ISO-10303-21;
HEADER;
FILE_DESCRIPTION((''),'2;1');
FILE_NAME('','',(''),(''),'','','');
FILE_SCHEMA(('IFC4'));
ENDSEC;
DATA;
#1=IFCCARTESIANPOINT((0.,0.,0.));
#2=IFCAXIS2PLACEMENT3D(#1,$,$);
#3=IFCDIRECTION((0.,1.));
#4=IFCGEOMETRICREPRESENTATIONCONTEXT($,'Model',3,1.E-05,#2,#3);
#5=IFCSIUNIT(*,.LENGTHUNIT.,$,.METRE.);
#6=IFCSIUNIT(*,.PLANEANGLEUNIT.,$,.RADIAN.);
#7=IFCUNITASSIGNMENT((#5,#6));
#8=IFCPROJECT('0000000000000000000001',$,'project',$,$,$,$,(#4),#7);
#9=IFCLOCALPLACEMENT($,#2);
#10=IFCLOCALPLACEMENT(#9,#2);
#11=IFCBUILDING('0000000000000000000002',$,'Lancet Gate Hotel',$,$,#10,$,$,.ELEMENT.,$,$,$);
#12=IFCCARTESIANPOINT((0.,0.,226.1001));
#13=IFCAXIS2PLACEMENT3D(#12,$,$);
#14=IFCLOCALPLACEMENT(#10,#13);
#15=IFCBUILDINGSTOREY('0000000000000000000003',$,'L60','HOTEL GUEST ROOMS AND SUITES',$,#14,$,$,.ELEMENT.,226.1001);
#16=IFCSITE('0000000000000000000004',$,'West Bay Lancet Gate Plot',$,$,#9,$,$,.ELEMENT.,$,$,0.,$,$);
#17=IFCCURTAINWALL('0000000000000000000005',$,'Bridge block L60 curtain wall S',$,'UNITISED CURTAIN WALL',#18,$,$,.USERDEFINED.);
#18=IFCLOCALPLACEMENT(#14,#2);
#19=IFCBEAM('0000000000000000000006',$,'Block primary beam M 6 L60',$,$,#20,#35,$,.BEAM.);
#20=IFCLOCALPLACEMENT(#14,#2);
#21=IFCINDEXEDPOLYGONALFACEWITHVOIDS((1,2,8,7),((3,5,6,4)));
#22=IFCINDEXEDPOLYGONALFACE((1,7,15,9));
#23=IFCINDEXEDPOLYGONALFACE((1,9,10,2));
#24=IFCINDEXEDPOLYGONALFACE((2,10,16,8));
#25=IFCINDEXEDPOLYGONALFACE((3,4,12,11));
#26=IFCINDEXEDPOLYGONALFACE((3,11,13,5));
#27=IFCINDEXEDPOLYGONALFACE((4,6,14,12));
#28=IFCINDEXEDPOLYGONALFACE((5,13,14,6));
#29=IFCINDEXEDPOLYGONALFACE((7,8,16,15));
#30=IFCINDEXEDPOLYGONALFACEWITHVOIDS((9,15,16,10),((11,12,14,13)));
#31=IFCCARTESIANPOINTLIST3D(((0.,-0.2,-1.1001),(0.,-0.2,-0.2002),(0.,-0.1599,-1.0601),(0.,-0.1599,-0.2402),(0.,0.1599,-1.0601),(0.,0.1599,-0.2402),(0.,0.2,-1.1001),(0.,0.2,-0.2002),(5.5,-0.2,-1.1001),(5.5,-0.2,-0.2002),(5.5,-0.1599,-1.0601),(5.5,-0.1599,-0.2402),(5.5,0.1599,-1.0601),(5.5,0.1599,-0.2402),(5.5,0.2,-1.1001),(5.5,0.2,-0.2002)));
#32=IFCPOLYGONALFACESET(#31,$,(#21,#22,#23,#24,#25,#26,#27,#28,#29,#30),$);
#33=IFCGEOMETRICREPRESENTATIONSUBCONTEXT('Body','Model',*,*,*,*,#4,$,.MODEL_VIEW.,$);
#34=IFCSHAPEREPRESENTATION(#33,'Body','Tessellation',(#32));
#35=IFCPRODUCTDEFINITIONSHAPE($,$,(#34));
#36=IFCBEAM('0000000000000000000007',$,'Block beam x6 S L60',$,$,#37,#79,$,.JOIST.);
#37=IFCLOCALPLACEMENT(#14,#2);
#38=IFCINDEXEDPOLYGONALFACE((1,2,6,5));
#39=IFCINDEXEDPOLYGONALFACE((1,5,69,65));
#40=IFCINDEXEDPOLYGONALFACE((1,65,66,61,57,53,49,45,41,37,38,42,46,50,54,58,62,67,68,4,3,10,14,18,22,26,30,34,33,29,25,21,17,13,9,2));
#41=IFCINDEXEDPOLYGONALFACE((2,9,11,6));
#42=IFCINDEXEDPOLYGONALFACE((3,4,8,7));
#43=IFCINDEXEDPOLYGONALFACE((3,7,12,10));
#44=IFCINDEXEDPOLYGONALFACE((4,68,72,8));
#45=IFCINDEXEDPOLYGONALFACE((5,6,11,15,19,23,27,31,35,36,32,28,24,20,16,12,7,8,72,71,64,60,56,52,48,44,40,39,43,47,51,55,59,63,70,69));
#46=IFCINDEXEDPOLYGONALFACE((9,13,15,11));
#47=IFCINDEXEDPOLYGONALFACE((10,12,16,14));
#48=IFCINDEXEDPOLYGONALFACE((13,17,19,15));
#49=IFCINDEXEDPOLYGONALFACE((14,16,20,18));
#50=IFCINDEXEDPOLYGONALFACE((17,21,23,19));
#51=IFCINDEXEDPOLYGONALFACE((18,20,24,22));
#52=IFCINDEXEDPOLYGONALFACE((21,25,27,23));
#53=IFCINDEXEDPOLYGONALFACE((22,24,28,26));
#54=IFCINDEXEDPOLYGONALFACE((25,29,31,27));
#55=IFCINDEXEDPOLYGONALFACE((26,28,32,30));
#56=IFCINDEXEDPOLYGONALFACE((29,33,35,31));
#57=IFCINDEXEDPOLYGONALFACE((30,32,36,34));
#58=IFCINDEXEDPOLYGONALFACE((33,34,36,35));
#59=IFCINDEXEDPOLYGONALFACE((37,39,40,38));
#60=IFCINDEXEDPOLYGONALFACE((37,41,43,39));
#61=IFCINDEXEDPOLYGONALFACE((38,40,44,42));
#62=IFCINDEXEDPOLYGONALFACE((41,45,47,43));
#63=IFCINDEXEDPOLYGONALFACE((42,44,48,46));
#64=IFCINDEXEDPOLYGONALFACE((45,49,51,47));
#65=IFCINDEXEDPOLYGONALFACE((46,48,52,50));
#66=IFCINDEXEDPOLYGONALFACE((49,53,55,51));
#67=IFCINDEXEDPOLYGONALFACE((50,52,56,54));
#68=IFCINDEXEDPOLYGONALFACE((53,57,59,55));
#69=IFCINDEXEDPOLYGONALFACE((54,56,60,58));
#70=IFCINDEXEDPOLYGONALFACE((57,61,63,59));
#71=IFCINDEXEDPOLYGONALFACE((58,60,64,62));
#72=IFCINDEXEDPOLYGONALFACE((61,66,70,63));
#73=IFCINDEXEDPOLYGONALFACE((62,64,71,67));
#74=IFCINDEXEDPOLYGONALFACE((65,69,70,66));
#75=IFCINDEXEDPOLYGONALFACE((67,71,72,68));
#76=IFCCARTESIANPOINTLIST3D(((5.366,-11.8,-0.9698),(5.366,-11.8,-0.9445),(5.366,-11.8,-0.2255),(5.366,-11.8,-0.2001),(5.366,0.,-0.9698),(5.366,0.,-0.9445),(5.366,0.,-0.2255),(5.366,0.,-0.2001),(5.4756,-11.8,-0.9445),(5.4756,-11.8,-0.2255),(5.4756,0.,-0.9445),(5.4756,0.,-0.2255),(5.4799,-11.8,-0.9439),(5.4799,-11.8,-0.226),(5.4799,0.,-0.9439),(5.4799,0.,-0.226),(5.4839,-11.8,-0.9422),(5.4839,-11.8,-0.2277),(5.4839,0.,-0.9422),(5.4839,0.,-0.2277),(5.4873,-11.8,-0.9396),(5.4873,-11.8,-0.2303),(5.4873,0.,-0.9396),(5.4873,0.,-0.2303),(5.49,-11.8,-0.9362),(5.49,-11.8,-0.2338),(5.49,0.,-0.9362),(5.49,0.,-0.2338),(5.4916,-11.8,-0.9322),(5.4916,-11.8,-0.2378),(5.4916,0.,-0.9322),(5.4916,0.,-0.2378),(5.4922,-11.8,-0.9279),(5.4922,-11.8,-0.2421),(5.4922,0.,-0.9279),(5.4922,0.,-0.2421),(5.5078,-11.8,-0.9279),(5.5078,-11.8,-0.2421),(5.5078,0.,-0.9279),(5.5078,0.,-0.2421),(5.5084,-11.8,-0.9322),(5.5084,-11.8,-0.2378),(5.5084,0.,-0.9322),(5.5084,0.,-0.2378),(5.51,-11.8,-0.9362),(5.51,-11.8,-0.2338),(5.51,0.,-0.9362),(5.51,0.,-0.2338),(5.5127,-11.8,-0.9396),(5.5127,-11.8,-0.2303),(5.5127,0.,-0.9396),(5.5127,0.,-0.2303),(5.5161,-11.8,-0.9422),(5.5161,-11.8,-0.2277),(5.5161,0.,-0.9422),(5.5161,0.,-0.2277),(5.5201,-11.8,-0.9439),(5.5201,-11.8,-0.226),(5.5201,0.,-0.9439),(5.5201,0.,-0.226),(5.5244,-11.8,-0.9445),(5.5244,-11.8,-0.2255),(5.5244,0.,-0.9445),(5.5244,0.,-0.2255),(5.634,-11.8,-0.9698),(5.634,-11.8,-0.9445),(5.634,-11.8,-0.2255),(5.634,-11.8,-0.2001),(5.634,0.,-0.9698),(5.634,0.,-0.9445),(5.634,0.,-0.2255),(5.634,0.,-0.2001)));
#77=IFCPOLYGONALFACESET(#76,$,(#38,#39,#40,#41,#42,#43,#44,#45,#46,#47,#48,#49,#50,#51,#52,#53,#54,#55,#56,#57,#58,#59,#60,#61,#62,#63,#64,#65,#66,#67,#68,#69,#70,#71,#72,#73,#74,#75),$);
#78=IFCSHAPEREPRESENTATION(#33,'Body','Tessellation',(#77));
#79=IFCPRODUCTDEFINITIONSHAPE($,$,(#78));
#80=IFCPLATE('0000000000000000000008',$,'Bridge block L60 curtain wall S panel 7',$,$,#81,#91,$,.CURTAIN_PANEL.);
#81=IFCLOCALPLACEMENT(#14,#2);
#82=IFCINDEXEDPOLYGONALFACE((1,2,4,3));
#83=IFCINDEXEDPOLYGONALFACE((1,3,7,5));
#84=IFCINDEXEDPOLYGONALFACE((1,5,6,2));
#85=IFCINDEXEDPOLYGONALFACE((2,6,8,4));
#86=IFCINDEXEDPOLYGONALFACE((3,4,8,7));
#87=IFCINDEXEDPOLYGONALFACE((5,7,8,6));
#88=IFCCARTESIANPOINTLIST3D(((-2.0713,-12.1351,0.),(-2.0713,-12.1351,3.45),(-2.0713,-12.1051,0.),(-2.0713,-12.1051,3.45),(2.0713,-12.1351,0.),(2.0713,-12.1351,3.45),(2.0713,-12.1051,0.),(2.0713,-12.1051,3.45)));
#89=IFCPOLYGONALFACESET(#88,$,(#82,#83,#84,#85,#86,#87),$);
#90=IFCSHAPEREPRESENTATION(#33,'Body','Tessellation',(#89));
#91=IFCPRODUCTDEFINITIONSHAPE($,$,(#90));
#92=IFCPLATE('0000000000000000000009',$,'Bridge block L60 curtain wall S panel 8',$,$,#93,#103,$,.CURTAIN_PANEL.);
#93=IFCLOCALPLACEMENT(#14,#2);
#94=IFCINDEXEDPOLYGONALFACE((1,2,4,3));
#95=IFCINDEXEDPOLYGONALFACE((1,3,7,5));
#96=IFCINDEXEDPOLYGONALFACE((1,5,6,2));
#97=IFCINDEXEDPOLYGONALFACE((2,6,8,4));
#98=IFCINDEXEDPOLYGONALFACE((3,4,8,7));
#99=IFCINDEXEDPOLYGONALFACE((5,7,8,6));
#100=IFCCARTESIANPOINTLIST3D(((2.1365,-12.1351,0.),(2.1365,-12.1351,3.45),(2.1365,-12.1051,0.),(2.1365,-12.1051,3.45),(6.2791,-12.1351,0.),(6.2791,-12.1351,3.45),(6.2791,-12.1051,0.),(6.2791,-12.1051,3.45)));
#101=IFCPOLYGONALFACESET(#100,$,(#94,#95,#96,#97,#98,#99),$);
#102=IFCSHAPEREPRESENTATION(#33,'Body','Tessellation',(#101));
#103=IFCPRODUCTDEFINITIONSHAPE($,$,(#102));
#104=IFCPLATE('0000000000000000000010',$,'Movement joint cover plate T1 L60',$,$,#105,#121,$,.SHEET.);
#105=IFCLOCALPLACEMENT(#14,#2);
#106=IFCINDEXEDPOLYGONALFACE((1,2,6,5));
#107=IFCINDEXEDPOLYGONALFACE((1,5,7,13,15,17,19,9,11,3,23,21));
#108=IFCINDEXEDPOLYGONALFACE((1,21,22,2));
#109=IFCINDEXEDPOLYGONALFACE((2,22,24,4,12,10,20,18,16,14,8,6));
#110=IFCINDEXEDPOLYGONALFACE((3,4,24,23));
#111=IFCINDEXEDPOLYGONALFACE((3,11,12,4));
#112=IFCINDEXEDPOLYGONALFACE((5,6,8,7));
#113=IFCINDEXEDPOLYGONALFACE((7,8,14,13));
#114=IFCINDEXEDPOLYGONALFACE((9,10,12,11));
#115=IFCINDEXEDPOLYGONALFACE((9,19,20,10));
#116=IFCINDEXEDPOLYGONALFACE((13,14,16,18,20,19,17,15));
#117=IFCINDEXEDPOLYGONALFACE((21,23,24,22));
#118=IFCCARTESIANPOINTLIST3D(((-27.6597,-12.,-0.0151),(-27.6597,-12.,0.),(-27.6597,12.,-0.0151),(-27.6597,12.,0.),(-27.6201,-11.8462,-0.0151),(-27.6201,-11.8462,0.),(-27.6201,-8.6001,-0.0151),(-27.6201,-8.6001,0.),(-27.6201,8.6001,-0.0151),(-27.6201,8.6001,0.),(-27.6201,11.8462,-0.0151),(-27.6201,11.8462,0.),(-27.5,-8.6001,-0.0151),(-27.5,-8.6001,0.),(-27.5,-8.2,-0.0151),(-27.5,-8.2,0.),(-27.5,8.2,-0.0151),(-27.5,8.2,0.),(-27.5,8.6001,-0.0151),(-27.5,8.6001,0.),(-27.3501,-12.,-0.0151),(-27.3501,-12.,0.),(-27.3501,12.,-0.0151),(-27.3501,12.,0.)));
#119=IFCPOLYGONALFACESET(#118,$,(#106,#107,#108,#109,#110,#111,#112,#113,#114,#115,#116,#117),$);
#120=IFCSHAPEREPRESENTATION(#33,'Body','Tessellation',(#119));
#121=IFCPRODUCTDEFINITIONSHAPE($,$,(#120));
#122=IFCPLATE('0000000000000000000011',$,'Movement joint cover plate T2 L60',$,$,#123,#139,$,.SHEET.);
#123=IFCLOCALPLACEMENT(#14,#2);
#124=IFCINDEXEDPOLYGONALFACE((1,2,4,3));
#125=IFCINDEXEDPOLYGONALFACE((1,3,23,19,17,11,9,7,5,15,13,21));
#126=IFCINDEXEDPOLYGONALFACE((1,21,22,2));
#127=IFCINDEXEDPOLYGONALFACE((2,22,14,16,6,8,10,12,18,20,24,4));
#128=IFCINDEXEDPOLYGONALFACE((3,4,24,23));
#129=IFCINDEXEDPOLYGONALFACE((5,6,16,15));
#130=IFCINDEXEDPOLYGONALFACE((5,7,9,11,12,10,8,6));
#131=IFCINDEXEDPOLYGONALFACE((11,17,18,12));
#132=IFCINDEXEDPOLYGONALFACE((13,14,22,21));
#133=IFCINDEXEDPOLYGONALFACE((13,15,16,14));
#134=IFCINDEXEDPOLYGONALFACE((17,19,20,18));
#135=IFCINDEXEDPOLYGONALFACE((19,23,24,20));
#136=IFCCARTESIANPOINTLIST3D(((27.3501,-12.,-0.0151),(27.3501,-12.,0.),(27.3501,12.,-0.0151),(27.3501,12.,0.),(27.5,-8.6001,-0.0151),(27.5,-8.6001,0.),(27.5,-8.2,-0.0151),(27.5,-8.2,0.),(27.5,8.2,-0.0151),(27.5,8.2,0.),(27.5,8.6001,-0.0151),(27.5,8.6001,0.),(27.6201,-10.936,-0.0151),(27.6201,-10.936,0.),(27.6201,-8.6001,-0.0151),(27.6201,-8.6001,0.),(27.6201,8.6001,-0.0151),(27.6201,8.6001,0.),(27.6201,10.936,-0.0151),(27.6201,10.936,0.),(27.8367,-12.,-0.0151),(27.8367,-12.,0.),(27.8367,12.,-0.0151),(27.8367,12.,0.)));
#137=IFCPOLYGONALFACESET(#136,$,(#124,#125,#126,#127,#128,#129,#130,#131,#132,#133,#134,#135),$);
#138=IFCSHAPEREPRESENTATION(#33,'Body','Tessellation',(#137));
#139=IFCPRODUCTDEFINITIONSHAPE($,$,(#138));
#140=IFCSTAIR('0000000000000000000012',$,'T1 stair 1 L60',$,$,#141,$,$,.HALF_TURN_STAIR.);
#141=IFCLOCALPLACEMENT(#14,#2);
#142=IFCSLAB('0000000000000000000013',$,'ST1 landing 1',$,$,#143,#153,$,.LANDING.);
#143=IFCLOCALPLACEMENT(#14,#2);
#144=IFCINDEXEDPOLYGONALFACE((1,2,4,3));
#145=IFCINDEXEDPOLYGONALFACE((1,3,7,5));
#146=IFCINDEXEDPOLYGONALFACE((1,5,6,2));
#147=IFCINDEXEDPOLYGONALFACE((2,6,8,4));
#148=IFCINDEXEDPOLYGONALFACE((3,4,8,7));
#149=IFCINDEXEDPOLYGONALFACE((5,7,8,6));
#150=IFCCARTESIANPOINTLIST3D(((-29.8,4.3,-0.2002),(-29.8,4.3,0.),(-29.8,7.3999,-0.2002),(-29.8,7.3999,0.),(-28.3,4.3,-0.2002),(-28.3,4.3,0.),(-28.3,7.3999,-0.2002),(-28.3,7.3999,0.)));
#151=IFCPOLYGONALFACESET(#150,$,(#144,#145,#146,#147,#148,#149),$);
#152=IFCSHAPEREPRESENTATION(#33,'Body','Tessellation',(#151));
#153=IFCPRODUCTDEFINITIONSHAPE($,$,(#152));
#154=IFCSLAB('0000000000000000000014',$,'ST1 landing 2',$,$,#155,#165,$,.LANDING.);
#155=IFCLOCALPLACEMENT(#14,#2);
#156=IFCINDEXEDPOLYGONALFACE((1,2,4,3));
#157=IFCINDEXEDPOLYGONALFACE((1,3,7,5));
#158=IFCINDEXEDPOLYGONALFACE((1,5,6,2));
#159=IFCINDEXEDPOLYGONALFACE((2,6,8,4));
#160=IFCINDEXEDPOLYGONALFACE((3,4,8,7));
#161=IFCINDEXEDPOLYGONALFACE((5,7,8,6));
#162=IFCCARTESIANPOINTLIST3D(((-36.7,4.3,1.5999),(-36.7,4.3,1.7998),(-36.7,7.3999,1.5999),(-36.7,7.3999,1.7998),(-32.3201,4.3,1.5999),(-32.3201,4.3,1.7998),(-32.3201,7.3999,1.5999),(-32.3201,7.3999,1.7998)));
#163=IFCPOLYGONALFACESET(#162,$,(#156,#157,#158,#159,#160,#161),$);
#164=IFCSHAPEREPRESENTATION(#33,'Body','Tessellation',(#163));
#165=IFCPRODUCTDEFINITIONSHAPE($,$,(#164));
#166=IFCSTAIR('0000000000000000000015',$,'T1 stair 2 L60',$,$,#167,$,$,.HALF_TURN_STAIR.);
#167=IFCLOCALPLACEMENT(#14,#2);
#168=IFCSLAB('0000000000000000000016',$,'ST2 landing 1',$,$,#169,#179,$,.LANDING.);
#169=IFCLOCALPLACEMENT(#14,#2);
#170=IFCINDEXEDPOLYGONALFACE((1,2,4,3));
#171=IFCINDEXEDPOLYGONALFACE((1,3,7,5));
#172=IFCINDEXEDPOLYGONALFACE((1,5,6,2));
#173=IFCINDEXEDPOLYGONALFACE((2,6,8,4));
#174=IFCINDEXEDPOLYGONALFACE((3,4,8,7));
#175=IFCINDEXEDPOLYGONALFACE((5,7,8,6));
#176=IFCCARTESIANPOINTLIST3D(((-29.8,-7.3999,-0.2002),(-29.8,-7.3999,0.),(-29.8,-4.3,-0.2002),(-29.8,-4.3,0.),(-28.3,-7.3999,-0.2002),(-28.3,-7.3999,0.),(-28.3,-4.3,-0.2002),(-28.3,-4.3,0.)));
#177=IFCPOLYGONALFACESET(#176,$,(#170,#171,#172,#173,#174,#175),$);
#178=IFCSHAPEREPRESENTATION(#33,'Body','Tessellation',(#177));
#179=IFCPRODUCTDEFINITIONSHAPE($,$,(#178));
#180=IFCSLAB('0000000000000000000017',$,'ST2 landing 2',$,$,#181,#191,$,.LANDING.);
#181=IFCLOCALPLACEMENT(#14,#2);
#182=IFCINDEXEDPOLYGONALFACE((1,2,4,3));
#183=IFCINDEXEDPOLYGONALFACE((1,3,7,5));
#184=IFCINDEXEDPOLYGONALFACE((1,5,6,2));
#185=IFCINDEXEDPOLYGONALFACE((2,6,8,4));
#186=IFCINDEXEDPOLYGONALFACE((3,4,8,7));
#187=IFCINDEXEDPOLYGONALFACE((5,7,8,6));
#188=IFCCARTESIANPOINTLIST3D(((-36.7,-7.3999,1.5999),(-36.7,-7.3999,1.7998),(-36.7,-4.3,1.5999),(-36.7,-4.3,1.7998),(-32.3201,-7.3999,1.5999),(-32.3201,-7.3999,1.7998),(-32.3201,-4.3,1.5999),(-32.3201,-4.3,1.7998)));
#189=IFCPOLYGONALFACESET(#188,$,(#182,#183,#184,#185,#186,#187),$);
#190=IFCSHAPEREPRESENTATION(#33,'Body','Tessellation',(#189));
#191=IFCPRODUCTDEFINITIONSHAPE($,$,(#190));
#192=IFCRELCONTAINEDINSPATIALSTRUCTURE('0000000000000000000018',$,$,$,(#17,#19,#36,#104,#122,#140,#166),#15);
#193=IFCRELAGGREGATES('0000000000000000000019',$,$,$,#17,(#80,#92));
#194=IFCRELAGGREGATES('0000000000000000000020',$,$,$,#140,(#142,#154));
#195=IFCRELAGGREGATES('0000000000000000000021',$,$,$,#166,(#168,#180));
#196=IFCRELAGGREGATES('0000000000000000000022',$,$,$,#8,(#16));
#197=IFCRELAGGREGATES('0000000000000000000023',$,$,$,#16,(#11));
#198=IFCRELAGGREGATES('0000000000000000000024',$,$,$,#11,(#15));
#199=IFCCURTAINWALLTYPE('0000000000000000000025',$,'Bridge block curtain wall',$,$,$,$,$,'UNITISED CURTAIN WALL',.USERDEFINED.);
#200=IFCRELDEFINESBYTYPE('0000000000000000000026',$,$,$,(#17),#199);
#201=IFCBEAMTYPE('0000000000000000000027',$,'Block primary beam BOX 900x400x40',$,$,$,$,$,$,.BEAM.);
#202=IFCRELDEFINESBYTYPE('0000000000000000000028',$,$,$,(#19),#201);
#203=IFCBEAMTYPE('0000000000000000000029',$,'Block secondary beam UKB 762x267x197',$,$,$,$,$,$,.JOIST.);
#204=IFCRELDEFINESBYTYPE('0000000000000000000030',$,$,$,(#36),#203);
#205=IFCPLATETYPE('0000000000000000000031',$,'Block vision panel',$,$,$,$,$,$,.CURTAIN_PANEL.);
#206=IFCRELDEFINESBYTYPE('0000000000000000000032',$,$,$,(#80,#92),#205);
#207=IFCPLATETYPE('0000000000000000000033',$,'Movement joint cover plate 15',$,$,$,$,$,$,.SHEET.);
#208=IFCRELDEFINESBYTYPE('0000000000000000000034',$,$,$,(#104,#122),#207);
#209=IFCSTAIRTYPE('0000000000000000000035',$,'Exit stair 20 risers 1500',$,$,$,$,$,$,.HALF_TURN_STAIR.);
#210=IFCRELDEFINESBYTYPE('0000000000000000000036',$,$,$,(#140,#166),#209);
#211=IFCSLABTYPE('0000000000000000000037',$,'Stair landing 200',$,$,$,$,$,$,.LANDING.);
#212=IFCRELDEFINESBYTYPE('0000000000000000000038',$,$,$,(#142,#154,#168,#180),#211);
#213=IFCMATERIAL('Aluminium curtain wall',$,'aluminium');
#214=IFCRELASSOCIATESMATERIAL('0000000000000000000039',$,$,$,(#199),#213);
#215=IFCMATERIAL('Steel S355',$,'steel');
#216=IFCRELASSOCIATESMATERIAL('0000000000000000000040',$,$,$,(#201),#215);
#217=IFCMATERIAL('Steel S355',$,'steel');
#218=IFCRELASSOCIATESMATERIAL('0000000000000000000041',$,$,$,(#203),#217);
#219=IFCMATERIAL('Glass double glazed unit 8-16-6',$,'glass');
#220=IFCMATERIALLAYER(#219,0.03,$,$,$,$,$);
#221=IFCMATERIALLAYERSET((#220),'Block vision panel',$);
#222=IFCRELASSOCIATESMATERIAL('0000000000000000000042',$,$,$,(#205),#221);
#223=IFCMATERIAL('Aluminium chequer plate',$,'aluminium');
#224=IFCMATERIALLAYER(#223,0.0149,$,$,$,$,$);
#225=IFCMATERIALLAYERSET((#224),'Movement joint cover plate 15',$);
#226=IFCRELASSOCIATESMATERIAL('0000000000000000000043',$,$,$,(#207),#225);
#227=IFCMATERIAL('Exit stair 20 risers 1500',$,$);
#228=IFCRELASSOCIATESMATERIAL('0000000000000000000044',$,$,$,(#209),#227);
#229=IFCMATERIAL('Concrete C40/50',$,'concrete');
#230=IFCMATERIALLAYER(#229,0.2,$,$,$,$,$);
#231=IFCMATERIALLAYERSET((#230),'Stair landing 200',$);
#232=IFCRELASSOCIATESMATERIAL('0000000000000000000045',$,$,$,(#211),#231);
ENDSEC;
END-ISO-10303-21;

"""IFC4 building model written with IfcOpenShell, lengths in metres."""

from ifc_helpers import new_model, si_unit, direction, frame, origin, origin_2d, place, context, subcontext, project, spatial, polyline, rectangle, hollow_rectangle, i_section, outline, extrude, material, layer, layer_set, material_profile, profile_set, type_object, element, aggregate, save


model = new_model("IFC4")

# Units and contexts
model_context = context("Model", 3, precision=1e-05, world=origin(), true_north=direction((0.0, 1.0)))
body_context = subcontext(model_context, "Body", "Model", "MODEL_VIEW")
ifc_project = project(units=[si_unit("LENGTHUNIT", "METRE"), si_unit("PLANEANGLEUNIT", "RADIAN")], contexts=[model_context])

# Site, building, storey
site_placement = place(None, origin())
site = spatial("IfcSite", under=ifc_project, at=site_placement, Name="West Bay Lancet Gate Plot", CompositionType="ELEMENT", RefElevation=0.0)
building_placement = place(site_placement, origin())
building = spatial("IfcBuilding", under=site, at=building_placement, Name="Lancet Gate Hotel", CompositionType="ELEMENT")
storey_placement = place(building_placement, frame((0.0, 0.0, 226.1001)))
storey = spatial("IfcBuildingStorey", under=building, at=storey_placement, Name="L60", Description="HOTEL GUEST ROOMS AND SUITES", CompositionType="ELEMENT", Elevation=226.1001)

# Curtain wall
ifc_material_1 = material(Name="Aluminium curtain wall", Category="aluminium")
curtain_wall_type = type_object("IfcCurtainWallType", Name="Bridge block curtain wall", ElementType="UNITISED CURTAIN WALL", PredefinedType="USERDEFINED", material=ifc_material_1)
curtain_wall_placement = place(storey_placement, origin())
curtain_wall = element("IfcCurtainWall", 1, at=curtain_wall_placement, inside=storey, type_object=curtain_wall_type, Name="Bridge block L60 curtain wall S", ObjectType="UNITISED CURTAIN WALL", PredefinedType="USERDEFINED")

# Beams
ifc_material_2 = material(Name="Steel S355", Category="steel")
ifc_material_profile_1 = material_profile(ifc_material_2, hollow_rectangle(XDim=0.3999, YDim=0.8999, WallThickness=0.04, at=origin_2d()), Name="BOX 900x400x40")
ifc_profile_set_1 = profile_set([ifc_material_profile_1], Name="Steel S355")
beam_type_1 = type_object("IfcBeamType", Name="Block primary beam BOX 900x400x40", PredefinedType="BEAM", material=ifc_profile_set_1)
for number, where, z_axis, x_axis, name in (
    (2, (0.0, 0.0, -0.6501), (1.0, 0.0, 0.0), (0.0, 1.0, 0.0), "Block primary beam M 6 L60"),
):
    element("IfcBeam", number, at=place(storey_placement, frame(where, z_axis=z_axis, x_axis=x_axis)), inside=storey, type_object=beam_type_1, Name=name, PredefinedType="BEAM", context=body_context, shape_type="SweptSolid", body=[
        extrude(hollow_rectangle(XDim=0.3999, YDim=0.8999, WallThickness=0.04, at=origin_2d()), origin(), (0.0, 0.0, 1.0), 5.5),
    ])
ifc_material_3 = material(Name="Steel S355", Category="steel")
ifc_material_profile_2 = material_profile(ifc_material_3, i_section(OverallWidth=0.2681, OverallDepth=0.7698, WebThickness=0.0156, FlangeThickness=0.0254, FilletRadius=0.0166, at=origin_2d()), Name="UKB 762x267x197")
ifc_profile_set_2 = profile_set([ifc_material_profile_2], Name="Steel S355")
beam_type_2 = type_object("IfcBeamType", Name="Block secondary beam UKB 762x267x197", PredefinedType="JOIST", material=ifc_profile_set_2)
beam_1_placement = place(storey_placement, frame((5.5, -11.8, -0.585), z_axis=(0.0, 1.0, 0.0), x_axis=(-1.0, 0.0, 0.0)))
element("IfcBeam", 3, at=beam_1_placement, inside=storey, type_object=beam_type_2, Name="Block beam x6 S L60", PredefinedType="JOIST", context=body_context, shape_type="SweptSolid", body=[
    extrude(i_section(OverallWidth=0.2681, OverallDepth=0.7698, WebThickness=0.0156, FlangeThickness=0.0254, FilletRadius=0.0166, at=origin_2d()), origin(), (0.0, 0.0, 1.0), 11.8),
])

# Plates
ifc_material_4 = material(Name="Glass double glazed unit 8-16-6", Category="glass")
ifc_layer_1 = layer(ifc_material_4, 0.03)
ifc_layer_set_1 = layer_set([ifc_layer_1], Name="Block vision panel")
plate_type_1 = type_object("IfcPlateType", Name="Block vision panel", PredefinedType="CURTAIN_PANEL", material=ifc_layer_set_1)
plate_1_placement = place(storey_placement, frame((0.0, -12.1201, 0.0), z_axis=(0.0, 0.0, 1.0), x_axis=(1.0, 0.0, 0.0)))
plate_1 = element("IfcPlate", 4, at=plate_1_placement, type_object=plate_type_1, Name="Bridge block L60 curtain wall S panel 7", PredefinedType="CURTAIN_PANEL", context=body_context, shape_type="SweptSolid", body=[
    extrude(rectangle(XDim=4.1426, YDim=0.03, at=origin_2d()), origin(), (0.0, 0.0, 1.0), 3.45),
])
plate_2_placement = place(storey_placement, frame((4.2078, -12.1201, 0.0), z_axis=(0.0, 0.0, 1.0), x_axis=(1.0, 0.0, 0.0)))
plate_2 = element("IfcPlate", 5, at=plate_2_placement, type_object=plate_type_1, Name="Bridge block L60 curtain wall S panel 8", PredefinedType="CURTAIN_PANEL", context=body_context, shape_type="SweptSolid", body=[
    extrude(rectangle(XDim=4.1426, YDim=0.03, at=origin_2d()), origin(), (0.0, 0.0, 1.0), 3.45),
])
aggregate(curtain_wall, [plate_1, plate_2])

# Plates
ifc_material_5 = material(Name="Aluminium chequer plate", Category="aluminium")
ifc_layer_2 = layer(ifc_material_5, 0.0149)
ifc_layer_set_2 = layer_set([ifc_layer_2], Name="Movement joint cover plate 15")
plate_type_2 = type_object("IfcPlateType", Name="Movement joint cover plate 15", PredefinedType="SHEET", material=ifc_layer_set_2)
plate_3_placement = place(storey_placement, frame((0.0, 0.0, -0.0151)))
element("IfcPlate", 6, at=plate_3_placement, inside=storey, type_object=plate_type_2, Name="Movement joint cover plate T1 L60", PredefinedType="SHEET", context=body_context, shape_type="SweptSolid", body=[
    extrude(outline(polyline([(-27.3501, 12.0), (-27.6597, 12.0), (-27.6201, 11.8462), (-27.6201, 8.6001), (-27.5, 8.6001), (-27.5, 8.2), (-27.5, -8.2), (-27.5, -8.6001), (-27.6201, -8.6001), (-27.6201, -11.8462), (-27.6597, -12.0), (-27.3501, -12.0), (-27.3501, 12.0)])), origin(), (0.0, 0.0, 1.0), 0.0151),
])
plate_4_placement = place(storey_placement, frame((0.0, 0.0, -0.0151)))
element("IfcPlate", 7, at=plate_4_placement, inside=storey, type_object=plate_type_2, Name="Movement joint cover plate T2 L60", PredefinedType="SHEET", context=body_context, shape_type="SweptSolid", body=[
    extrude(outline(polyline([(27.3501, -12.0), (27.8367, -12.0), (27.6201, -10.936), (27.6201, -8.6001), (27.5, -8.6001), (27.5, -8.2), (27.5, 8.2), (27.5, 8.6001), (27.6201, 8.6001), (27.6201, 10.936), (27.8367, 12.0), (27.3501, 12.0), (27.3501, -12.0)])), origin(), (0.0, 0.0, 1.0), 0.0151),
])

# Stairs, slabs
ifc_material_6 = material(Name="Exit stair 20 risers 1500")
stair_type = type_object("IfcStairType", Name="Exit stair 20 risers 1500", PredefinedType="HALF_TURN_STAIR", material=ifc_material_6)
stair_1_placement = place(storey_placement, origin())
stair_1 = element("IfcStair", 8, at=stair_1_placement, inside=storey, type_object=stair_type, Name="T1 stair 1 L60", PredefinedType="HALF_TURN_STAIR")
ifc_material_7 = material(Name="Concrete C40/50", Category="concrete")
ifc_layer_3 = layer(ifc_material_7, 0.2)
ifc_layer_set_3 = layer_set([ifc_layer_3], Name="Stair landing 200")
slab_type = type_object("IfcSlabType", Name="Stair landing 200", PredefinedType="LANDING", material=ifc_layer_set_3)
slab_1_placement = place(storey_placement, frame((0.0, 0.0, -0.2002)))
slab_1 = element("IfcSlab", 9, at=slab_1_placement, type_object=slab_type, Name="ST1 landing 1", PredefinedType="LANDING", context=body_context, shape_type="SweptSolid", body=[
    extrude(outline(polyline([(-28.3, 7.3999), (-29.8, 7.3999), (-29.8, 4.3), (-28.3, 4.3), (-28.3, 7.3999)])), origin(), (0.0, 0.0, 1.0), 0.2002),
])
slab_2_placement = place(storey_placement, frame((0.0, 0.0, 1.5999)))
slab_2 = element("IfcSlab", 10, at=slab_2_placement, type_object=slab_type, Name="ST1 landing 2", PredefinedType="LANDING", context=body_context, shape_type="SweptSolid", body=[
    extrude(outline(polyline([(-32.3201, 7.3999), (-36.7, 7.3999), (-36.7, 4.3), (-32.3201, 4.3), (-32.3201, 7.3999)])), origin(), (0.0, 0.0, 1.0), 0.2),
])
aggregate(stair_1, [slab_1, slab_2])
stair_2_placement = place(storey_placement, origin())
stair_2 = element("IfcStair", 11, at=stair_2_placement, inside=storey, type_object=stair_type, Name="T1 stair 2 L60", PredefinedType="HALF_TURN_STAIR")
slab_3_placement = place(storey_placement, frame((0.0, 0.0, -0.2002)))
slab_3 = element("IfcSlab", 12, at=slab_3_placement, type_object=slab_type, Name="ST2 landing 1", PredefinedType="LANDING", context=body_context, shape_type="SweptSolid", body=[
    extrude(outline(polyline([(-28.3, -4.3), (-29.8, -4.3), (-29.8, -7.3999), (-28.3, -7.3999), (-28.3, -4.3)])), origin(), (0.0, 0.0, 1.0), 0.2002),
])
slab_4_placement = place(storey_placement, frame((0.0, 0.0, 1.5999)))
slab_4 = element("IfcSlab", 13, at=slab_4_placement, type_object=slab_type, Name="ST2 landing 2", PredefinedType="LANDING", context=body_context, shape_type="SweptSolid", body=[
    extrude(outline(polyline([(-32.3201, -4.3), (-36.7, -4.3), (-36.7, -7.3999), (-32.3201, -7.3999), (-32.3201, -4.3)])), origin(), (0.0, 0.0, 1.0), 0.2),
])
aggregate(stair_2, [slab_3, slab_4])

save(model, "model.ifc")
